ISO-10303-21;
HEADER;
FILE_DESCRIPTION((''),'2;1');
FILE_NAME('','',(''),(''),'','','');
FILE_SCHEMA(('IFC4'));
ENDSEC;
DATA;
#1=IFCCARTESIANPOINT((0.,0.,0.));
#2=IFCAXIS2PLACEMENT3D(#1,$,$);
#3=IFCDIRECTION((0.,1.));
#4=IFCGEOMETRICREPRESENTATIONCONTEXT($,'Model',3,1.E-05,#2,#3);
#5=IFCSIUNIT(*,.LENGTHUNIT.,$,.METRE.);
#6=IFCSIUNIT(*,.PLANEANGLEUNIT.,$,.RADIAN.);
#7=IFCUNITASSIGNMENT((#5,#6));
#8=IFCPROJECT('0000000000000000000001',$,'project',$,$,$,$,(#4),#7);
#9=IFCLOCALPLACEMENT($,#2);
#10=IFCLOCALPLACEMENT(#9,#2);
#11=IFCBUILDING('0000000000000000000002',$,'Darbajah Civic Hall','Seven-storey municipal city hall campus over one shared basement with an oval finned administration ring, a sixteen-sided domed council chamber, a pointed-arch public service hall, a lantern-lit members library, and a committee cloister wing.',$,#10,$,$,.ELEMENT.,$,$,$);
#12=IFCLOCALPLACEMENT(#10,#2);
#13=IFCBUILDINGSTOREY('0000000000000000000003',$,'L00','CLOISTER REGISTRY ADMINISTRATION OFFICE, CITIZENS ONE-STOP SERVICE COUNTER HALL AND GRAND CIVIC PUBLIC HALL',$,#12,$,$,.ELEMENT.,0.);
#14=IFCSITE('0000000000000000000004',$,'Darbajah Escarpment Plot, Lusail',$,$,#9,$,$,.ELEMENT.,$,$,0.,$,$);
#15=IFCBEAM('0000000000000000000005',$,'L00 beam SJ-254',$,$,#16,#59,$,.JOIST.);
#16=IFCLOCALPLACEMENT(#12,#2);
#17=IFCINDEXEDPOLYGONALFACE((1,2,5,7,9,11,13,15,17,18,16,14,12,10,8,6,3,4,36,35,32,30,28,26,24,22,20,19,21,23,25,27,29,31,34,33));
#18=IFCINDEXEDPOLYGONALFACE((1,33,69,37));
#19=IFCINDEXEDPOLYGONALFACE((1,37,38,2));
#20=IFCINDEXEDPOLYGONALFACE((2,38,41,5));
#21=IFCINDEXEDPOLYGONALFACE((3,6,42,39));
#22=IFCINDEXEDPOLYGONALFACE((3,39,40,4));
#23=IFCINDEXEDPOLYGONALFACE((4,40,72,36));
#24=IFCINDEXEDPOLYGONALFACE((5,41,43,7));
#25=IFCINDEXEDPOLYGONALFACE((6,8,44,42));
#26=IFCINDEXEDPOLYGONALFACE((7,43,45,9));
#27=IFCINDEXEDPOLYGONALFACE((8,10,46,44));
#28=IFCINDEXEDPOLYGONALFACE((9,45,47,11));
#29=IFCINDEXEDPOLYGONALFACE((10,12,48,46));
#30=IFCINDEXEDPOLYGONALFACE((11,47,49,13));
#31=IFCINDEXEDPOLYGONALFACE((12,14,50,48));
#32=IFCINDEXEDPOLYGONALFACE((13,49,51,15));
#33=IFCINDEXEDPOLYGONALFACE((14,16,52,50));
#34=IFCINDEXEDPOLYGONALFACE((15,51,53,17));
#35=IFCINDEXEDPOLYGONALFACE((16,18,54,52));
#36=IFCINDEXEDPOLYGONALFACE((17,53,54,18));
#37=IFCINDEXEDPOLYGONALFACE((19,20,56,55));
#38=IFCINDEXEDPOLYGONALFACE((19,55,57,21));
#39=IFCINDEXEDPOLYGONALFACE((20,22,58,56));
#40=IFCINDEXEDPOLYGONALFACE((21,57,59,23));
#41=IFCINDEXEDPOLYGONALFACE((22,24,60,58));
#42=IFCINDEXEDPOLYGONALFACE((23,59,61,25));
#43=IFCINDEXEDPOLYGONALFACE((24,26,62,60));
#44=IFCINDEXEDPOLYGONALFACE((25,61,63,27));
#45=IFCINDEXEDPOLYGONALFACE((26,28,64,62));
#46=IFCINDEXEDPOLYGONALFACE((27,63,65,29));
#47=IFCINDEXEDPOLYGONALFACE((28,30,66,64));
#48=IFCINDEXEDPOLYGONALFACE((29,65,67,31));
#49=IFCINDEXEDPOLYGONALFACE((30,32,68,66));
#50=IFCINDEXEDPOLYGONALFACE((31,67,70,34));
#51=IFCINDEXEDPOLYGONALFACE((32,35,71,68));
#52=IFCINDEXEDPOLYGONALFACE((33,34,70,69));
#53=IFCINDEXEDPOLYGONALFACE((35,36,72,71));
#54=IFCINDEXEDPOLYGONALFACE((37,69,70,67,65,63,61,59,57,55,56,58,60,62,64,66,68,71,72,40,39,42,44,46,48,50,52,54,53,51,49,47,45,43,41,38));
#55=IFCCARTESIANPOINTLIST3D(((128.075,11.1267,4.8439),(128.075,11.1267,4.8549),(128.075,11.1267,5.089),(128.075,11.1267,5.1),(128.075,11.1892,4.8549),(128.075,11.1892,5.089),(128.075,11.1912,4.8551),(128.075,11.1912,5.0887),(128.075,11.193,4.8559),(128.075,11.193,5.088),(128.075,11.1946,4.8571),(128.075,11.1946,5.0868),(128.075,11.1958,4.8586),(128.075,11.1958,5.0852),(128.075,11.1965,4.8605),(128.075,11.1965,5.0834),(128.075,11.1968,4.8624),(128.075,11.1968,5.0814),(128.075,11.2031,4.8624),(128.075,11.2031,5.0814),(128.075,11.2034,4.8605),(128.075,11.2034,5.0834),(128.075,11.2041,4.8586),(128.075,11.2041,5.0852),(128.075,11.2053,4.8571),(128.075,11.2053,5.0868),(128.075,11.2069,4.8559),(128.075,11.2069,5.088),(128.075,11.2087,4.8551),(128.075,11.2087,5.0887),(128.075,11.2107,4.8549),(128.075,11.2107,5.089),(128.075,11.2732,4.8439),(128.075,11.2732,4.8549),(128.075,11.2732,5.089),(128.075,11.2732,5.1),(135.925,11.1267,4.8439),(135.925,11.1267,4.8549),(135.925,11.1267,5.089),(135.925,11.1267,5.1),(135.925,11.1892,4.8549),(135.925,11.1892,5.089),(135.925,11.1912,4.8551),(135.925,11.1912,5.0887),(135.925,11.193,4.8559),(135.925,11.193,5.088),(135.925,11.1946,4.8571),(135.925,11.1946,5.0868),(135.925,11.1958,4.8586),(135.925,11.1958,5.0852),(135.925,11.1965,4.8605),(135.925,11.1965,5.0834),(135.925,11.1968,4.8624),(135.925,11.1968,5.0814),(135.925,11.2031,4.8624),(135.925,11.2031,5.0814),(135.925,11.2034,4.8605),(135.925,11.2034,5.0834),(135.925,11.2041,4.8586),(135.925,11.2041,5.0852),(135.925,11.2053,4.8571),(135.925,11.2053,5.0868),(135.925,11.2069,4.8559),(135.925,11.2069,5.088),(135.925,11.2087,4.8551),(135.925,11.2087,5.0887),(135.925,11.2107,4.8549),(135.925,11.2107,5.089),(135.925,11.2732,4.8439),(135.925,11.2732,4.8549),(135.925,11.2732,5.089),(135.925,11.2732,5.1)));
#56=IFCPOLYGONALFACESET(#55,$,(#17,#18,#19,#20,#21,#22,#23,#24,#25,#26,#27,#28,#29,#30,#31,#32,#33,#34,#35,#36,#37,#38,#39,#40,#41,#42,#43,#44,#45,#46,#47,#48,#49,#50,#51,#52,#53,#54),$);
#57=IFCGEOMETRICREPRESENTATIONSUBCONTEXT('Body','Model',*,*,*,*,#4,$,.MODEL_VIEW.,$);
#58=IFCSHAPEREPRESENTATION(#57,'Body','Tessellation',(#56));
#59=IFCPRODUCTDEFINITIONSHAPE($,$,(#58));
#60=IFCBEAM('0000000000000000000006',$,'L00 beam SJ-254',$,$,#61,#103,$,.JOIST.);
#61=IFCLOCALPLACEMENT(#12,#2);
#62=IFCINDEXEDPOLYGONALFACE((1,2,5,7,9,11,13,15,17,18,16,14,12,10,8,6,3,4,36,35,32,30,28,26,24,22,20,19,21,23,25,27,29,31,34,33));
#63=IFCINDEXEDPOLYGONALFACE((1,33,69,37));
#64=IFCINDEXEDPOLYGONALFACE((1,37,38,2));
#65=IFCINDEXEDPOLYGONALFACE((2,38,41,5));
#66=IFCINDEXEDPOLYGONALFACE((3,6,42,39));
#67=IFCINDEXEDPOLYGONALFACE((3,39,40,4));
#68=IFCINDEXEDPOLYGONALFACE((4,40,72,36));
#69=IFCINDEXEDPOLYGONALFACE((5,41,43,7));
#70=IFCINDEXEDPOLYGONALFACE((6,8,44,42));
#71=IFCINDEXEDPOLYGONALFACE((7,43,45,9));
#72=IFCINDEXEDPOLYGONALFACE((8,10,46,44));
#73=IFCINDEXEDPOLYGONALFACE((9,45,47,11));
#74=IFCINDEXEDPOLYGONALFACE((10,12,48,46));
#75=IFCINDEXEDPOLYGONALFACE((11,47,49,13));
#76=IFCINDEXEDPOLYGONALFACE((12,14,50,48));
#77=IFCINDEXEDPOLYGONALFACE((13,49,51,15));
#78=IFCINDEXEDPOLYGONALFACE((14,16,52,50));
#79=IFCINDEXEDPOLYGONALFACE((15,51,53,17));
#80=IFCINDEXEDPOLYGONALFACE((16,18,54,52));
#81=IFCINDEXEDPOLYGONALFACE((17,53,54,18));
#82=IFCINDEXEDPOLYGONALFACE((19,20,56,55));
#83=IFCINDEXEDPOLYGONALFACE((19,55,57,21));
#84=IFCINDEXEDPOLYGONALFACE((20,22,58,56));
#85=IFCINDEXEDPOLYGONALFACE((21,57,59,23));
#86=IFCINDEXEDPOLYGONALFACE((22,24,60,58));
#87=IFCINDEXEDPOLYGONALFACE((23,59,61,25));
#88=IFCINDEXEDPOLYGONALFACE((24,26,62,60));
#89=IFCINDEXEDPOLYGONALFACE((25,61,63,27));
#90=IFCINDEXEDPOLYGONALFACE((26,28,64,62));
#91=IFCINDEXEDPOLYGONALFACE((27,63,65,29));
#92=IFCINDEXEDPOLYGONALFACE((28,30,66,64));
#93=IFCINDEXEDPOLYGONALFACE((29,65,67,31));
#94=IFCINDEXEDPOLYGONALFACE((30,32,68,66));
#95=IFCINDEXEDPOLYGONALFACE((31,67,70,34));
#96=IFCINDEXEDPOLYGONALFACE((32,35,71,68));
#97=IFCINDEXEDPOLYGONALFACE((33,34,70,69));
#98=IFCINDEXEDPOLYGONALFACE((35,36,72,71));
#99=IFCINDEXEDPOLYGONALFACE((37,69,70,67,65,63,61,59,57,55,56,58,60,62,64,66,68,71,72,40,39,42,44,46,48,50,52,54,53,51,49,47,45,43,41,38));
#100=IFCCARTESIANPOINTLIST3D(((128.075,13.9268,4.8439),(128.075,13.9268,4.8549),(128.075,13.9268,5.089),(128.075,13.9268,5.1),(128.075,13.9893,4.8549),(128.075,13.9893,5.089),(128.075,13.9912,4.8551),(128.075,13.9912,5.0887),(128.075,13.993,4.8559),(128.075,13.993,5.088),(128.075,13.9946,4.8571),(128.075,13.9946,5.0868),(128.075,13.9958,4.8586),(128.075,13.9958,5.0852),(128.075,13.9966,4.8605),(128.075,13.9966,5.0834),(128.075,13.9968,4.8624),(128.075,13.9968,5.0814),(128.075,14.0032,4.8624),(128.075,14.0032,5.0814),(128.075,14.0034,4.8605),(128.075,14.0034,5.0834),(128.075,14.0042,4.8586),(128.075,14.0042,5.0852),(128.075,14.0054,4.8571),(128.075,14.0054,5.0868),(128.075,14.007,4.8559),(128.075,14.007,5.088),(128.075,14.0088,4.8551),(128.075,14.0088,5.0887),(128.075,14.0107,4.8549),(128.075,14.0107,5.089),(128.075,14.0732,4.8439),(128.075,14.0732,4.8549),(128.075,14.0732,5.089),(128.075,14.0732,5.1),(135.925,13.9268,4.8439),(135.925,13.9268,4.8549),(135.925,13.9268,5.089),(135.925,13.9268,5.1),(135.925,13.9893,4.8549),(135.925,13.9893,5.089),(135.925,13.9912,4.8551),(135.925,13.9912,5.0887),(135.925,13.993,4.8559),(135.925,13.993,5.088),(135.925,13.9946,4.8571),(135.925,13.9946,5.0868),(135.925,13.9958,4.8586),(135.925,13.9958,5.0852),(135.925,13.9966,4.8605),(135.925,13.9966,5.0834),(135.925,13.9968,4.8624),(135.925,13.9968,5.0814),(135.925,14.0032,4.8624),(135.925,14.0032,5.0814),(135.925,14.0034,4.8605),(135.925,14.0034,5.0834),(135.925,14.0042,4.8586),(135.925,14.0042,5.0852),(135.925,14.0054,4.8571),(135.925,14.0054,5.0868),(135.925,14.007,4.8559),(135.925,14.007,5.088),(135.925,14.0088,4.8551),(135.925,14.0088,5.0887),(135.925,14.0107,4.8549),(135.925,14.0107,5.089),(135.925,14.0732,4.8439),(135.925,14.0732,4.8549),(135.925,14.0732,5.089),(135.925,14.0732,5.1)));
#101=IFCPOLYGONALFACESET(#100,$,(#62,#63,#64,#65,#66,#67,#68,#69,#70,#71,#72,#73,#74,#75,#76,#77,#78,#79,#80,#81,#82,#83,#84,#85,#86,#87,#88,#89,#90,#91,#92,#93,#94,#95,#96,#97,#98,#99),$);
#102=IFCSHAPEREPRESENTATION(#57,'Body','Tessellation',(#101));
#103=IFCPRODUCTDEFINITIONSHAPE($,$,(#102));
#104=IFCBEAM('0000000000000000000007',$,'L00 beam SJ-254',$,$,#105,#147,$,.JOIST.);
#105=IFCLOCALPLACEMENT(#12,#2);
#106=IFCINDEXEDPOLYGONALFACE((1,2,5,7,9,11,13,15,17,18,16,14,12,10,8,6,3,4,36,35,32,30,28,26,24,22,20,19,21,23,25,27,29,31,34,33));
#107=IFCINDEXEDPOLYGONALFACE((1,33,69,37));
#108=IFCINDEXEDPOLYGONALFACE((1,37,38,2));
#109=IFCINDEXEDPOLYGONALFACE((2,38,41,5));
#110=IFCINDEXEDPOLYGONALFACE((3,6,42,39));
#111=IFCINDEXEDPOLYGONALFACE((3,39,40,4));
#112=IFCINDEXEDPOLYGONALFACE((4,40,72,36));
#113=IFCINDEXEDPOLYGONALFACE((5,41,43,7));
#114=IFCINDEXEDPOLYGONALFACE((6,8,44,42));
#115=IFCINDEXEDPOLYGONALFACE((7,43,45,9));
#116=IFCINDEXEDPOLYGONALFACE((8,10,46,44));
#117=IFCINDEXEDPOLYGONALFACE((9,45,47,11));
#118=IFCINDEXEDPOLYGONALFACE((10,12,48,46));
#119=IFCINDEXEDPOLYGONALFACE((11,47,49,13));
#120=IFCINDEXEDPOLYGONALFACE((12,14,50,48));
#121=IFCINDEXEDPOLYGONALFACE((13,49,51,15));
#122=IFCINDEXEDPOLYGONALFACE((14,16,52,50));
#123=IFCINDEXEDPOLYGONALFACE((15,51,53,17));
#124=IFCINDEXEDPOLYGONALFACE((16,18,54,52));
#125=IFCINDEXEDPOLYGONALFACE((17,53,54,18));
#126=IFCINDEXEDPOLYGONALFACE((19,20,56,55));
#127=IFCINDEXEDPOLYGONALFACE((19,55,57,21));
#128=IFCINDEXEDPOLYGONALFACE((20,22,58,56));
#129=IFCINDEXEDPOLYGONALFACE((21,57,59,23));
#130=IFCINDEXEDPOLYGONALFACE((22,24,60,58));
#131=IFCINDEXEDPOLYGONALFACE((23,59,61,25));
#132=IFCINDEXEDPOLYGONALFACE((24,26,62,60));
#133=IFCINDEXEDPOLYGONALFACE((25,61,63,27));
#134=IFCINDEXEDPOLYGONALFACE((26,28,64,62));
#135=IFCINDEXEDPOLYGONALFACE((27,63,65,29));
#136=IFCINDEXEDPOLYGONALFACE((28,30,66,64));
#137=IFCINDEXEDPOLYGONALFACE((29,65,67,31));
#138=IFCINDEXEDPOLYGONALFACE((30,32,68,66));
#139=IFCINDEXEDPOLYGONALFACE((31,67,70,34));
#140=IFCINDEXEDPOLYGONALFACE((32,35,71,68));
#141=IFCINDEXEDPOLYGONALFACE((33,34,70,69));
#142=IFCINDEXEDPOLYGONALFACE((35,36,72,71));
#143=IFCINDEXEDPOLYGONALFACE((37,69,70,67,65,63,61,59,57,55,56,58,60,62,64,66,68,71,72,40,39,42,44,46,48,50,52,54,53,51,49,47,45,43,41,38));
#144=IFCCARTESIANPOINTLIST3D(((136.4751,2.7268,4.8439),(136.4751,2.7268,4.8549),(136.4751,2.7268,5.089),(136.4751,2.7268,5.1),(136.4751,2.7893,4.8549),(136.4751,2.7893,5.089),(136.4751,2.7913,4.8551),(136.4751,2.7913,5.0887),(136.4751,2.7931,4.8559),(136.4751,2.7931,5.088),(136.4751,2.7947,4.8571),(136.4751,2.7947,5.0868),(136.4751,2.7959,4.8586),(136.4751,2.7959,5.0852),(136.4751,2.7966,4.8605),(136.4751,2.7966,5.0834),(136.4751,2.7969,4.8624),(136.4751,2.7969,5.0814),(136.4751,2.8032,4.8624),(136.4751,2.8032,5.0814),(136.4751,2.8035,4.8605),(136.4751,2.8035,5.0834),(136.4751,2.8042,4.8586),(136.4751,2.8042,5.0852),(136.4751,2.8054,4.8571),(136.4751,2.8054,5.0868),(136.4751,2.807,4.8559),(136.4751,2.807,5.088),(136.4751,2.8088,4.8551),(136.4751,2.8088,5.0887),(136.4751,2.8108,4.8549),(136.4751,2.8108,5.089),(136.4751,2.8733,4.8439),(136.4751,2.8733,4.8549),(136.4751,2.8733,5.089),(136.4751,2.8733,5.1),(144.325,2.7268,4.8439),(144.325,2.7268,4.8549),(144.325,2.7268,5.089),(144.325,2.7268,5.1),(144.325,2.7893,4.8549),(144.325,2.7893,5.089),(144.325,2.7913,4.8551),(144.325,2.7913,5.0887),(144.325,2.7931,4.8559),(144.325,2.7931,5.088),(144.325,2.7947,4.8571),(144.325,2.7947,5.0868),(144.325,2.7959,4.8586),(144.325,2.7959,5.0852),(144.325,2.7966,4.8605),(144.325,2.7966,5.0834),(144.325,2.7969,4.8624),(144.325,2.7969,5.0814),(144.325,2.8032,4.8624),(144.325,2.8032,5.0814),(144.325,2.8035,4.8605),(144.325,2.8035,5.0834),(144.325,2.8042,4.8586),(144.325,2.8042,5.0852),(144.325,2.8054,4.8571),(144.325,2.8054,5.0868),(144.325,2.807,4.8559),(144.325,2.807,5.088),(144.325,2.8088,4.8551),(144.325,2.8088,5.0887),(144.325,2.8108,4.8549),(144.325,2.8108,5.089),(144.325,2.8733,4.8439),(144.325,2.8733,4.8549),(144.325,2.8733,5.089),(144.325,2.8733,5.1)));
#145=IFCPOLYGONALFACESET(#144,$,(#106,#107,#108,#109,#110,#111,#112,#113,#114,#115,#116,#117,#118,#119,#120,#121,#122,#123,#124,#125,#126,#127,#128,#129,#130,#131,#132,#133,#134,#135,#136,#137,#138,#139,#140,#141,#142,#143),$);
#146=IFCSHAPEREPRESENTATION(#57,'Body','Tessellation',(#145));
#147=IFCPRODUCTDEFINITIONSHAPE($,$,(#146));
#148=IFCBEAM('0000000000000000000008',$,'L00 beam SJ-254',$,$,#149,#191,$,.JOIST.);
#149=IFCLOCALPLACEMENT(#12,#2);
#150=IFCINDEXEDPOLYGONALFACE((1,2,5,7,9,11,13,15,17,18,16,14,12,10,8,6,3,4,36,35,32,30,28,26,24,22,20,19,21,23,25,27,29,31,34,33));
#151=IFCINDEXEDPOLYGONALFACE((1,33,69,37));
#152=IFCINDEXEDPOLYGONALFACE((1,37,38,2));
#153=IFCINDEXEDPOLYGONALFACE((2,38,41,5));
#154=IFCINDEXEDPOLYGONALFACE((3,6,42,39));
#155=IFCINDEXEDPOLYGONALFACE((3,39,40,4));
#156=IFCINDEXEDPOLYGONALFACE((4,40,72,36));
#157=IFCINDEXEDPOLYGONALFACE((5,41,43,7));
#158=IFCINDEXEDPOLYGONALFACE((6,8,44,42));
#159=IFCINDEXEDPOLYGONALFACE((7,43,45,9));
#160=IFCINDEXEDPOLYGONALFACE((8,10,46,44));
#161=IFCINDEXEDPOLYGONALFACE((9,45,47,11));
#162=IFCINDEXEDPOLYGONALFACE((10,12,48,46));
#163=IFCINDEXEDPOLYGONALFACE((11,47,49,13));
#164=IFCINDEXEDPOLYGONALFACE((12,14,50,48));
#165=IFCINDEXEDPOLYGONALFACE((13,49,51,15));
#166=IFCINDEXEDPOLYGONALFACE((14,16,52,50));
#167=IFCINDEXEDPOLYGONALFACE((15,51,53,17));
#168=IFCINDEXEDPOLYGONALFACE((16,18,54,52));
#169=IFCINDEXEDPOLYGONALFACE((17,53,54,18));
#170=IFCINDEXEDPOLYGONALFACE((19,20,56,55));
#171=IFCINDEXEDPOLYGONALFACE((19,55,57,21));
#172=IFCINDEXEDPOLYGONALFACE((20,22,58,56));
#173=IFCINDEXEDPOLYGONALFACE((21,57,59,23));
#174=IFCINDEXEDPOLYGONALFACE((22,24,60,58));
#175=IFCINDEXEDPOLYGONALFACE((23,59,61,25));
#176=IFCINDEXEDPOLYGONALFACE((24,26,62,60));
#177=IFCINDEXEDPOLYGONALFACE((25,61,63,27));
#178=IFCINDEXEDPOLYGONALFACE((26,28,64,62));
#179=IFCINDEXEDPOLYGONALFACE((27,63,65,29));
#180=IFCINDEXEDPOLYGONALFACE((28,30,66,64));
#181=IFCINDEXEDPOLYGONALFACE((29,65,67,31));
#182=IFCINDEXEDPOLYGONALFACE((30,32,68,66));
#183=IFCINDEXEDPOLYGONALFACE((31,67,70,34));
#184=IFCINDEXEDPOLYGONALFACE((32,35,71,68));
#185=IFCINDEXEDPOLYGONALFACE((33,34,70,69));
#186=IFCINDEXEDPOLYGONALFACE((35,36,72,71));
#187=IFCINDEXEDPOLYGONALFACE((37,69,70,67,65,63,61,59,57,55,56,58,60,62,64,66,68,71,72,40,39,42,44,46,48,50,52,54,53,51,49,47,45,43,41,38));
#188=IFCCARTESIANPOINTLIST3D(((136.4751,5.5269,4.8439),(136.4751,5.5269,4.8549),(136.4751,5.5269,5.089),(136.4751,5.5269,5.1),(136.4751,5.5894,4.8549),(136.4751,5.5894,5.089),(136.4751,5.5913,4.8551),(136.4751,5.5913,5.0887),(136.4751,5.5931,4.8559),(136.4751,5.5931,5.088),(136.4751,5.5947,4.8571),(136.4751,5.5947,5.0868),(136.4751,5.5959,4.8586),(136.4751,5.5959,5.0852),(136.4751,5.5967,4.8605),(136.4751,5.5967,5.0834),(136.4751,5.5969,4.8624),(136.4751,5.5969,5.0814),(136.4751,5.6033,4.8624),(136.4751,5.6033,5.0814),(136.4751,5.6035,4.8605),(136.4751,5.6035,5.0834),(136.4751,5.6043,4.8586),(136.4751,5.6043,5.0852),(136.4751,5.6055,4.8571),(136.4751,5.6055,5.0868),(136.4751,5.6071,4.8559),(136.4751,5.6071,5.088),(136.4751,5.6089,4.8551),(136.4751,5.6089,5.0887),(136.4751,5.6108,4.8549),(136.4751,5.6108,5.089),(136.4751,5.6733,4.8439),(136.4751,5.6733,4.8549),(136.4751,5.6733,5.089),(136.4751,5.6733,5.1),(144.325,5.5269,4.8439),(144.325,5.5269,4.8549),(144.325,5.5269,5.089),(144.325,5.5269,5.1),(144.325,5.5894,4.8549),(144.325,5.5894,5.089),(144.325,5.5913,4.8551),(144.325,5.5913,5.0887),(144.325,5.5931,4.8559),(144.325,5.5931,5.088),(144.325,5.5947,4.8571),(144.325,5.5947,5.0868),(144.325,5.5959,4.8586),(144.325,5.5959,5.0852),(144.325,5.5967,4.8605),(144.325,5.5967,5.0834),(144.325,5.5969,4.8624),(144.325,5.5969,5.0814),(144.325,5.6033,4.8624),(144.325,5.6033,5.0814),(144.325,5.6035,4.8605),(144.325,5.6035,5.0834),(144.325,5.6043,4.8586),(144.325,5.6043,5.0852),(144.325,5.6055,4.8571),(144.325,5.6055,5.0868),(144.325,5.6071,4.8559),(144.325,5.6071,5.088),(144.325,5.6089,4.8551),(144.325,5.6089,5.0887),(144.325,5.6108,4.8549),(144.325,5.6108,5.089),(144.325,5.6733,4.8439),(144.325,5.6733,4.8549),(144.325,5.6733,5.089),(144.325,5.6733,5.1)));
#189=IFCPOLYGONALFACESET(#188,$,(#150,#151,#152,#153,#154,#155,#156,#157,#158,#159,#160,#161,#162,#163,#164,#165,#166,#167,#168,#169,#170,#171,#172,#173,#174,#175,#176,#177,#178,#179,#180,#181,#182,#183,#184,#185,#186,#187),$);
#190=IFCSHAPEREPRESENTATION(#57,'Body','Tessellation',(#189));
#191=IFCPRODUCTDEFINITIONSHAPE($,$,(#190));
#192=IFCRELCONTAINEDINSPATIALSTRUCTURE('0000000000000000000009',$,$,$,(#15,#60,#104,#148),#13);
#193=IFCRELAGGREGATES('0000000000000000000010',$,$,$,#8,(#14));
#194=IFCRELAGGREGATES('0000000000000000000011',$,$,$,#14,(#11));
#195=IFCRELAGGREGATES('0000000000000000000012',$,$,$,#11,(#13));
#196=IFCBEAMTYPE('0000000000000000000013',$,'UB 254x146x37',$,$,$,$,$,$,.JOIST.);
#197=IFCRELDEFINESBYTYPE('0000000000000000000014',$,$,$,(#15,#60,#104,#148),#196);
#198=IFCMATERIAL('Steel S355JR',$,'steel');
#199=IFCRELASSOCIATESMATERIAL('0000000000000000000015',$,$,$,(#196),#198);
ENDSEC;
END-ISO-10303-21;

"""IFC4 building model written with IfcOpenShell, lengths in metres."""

from ifc_helpers import new_model, si_unit, direction, frame, origin, origin_2d, place, context, subcontext, project, spatial, i_section, extrude, material, material_profile, profile_set, type_object, element, save


model = new_model("IFC4")

# Units and contexts
model_context = context("Model", 3, precision=1e-05, world=origin(), true_north=direction((0.0, 1.0)))
body_context = subcontext(model_context, "Body", "Model", "MODEL_VIEW")
ifc_project = project(units=[si_unit("LENGTHUNIT", "METRE"), si_unit("PLANEANGLEUNIT", "RADIAN")], contexts=[model_context])

# Site, building, storey
site_placement = place(None, origin())
site = spatial("IfcSite", under=ifc_project, at=site_placement, Name="Darbajah Escarpment Plot, Lusail", CompositionType="ELEMENT", RefElevation=0.0)
building_placement = place(site_placement, origin())
building = spatial("IfcBuilding", under=site, at=building_placement, Name="Darbajah Civic Hall", Description="Seven-storey municipal city hall campus over one shared basement with an oval finned administration ring, a sixteen-sided domed council chamber, a pointed-arch public service hall, a lantern-lit members library, and a committee cloister wing.", CompositionType="ELEMENT")
storey_placement = place(building_placement, origin())
storey = spatial("IfcBuildingStorey", under=building, at=storey_placement, Name="L00", Description="CLOISTER REGISTRY ADMINISTRATION OFFICE, CITIZENS ONE-STOP SERVICE COUNTER HALL AND GRAND CIVIC PUBLIC HALL", CompositionType="ELEMENT", Elevation=0.0)

# Beams
ifc_material_1 = material(Name="Steel S355JR", Category="steel")
ifc_material_profile_1 = material_profile(ifc_material_1, i_section(OverallWidth=0.1465, OverallDepth=0.2561, WebThickness=0.0063, FlangeThickness=0.011, FilletRadius=0.0076, at=origin_2d()), Name="UB 254x146x37")
ifc_profile_set_1 = profile_set([ifc_material_profile_1], Name="Steel S355JR")
beam_type_1 = type_object("IfcBeamType", Name="UB 254x146x37", PredefinedType="JOIST", material=ifc_profile_set_1)
for number, where, z_axis, x_axis, name in (
    (1, (128.075, 11.2, 4.9719), (1.0, 0.0, 0.0), (0.0, 1.0, 0.0), "L00 beam SJ-254"),
    (2, (128.075, 14.0, 4.9719), (1.0, 0.0, 0.0), (0.0, 1.0, 0.0), "L00 beam SJ-254"),
):
    element("IfcBeam", number, at=place(storey_placement, frame(where, z_axis=z_axis, x_axis=x_axis)), inside=storey, type_object=beam_type_1, Name=name, PredefinedType="JOIST", context=body_context, shape_type="SweptSolid", body=[
        extrude(i_section(OverallWidth=0.1465, OverallDepth=0.2561, WebThickness=0.0063, FlangeThickness=0.011, FilletRadius=0.0076, at=origin_2d()), origin(), (0.0, 0.0, 1.0), 7.8501),
    ])
for number, where, z_axis, x_axis, name in (
    (3, (136.4751, 2.8, 4.9719), (1.0, 0.0, 0.0), (0.0, 1.0, 0.0), "L00 beam SJ-254"),
    (4, (136.4751, 5.6001, 4.9719), (1.0, 0.0, 0.0), (0.0, 1.0, 0.0), "L00 beam SJ-254"),
):
    element("IfcBeam", number, at=place(storey_placement, frame(where, z_axis=z_axis, x_axis=x_axis)), inside=storey, type_object=beam_type_1, Name=name, PredefinedType="JOIST", context=body_context, shape_type="SweptSolid", body=[
        extrude(i_section(OverallWidth=0.1465, OverallDepth=0.2561, WebThickness=0.0063, FlangeThickness=0.011, FilletRadius=0.0076, at=origin_2d()), origin(), (0.0, 0.0, 1.0), 7.8499),
    ])

save(model, "model.ifc")
